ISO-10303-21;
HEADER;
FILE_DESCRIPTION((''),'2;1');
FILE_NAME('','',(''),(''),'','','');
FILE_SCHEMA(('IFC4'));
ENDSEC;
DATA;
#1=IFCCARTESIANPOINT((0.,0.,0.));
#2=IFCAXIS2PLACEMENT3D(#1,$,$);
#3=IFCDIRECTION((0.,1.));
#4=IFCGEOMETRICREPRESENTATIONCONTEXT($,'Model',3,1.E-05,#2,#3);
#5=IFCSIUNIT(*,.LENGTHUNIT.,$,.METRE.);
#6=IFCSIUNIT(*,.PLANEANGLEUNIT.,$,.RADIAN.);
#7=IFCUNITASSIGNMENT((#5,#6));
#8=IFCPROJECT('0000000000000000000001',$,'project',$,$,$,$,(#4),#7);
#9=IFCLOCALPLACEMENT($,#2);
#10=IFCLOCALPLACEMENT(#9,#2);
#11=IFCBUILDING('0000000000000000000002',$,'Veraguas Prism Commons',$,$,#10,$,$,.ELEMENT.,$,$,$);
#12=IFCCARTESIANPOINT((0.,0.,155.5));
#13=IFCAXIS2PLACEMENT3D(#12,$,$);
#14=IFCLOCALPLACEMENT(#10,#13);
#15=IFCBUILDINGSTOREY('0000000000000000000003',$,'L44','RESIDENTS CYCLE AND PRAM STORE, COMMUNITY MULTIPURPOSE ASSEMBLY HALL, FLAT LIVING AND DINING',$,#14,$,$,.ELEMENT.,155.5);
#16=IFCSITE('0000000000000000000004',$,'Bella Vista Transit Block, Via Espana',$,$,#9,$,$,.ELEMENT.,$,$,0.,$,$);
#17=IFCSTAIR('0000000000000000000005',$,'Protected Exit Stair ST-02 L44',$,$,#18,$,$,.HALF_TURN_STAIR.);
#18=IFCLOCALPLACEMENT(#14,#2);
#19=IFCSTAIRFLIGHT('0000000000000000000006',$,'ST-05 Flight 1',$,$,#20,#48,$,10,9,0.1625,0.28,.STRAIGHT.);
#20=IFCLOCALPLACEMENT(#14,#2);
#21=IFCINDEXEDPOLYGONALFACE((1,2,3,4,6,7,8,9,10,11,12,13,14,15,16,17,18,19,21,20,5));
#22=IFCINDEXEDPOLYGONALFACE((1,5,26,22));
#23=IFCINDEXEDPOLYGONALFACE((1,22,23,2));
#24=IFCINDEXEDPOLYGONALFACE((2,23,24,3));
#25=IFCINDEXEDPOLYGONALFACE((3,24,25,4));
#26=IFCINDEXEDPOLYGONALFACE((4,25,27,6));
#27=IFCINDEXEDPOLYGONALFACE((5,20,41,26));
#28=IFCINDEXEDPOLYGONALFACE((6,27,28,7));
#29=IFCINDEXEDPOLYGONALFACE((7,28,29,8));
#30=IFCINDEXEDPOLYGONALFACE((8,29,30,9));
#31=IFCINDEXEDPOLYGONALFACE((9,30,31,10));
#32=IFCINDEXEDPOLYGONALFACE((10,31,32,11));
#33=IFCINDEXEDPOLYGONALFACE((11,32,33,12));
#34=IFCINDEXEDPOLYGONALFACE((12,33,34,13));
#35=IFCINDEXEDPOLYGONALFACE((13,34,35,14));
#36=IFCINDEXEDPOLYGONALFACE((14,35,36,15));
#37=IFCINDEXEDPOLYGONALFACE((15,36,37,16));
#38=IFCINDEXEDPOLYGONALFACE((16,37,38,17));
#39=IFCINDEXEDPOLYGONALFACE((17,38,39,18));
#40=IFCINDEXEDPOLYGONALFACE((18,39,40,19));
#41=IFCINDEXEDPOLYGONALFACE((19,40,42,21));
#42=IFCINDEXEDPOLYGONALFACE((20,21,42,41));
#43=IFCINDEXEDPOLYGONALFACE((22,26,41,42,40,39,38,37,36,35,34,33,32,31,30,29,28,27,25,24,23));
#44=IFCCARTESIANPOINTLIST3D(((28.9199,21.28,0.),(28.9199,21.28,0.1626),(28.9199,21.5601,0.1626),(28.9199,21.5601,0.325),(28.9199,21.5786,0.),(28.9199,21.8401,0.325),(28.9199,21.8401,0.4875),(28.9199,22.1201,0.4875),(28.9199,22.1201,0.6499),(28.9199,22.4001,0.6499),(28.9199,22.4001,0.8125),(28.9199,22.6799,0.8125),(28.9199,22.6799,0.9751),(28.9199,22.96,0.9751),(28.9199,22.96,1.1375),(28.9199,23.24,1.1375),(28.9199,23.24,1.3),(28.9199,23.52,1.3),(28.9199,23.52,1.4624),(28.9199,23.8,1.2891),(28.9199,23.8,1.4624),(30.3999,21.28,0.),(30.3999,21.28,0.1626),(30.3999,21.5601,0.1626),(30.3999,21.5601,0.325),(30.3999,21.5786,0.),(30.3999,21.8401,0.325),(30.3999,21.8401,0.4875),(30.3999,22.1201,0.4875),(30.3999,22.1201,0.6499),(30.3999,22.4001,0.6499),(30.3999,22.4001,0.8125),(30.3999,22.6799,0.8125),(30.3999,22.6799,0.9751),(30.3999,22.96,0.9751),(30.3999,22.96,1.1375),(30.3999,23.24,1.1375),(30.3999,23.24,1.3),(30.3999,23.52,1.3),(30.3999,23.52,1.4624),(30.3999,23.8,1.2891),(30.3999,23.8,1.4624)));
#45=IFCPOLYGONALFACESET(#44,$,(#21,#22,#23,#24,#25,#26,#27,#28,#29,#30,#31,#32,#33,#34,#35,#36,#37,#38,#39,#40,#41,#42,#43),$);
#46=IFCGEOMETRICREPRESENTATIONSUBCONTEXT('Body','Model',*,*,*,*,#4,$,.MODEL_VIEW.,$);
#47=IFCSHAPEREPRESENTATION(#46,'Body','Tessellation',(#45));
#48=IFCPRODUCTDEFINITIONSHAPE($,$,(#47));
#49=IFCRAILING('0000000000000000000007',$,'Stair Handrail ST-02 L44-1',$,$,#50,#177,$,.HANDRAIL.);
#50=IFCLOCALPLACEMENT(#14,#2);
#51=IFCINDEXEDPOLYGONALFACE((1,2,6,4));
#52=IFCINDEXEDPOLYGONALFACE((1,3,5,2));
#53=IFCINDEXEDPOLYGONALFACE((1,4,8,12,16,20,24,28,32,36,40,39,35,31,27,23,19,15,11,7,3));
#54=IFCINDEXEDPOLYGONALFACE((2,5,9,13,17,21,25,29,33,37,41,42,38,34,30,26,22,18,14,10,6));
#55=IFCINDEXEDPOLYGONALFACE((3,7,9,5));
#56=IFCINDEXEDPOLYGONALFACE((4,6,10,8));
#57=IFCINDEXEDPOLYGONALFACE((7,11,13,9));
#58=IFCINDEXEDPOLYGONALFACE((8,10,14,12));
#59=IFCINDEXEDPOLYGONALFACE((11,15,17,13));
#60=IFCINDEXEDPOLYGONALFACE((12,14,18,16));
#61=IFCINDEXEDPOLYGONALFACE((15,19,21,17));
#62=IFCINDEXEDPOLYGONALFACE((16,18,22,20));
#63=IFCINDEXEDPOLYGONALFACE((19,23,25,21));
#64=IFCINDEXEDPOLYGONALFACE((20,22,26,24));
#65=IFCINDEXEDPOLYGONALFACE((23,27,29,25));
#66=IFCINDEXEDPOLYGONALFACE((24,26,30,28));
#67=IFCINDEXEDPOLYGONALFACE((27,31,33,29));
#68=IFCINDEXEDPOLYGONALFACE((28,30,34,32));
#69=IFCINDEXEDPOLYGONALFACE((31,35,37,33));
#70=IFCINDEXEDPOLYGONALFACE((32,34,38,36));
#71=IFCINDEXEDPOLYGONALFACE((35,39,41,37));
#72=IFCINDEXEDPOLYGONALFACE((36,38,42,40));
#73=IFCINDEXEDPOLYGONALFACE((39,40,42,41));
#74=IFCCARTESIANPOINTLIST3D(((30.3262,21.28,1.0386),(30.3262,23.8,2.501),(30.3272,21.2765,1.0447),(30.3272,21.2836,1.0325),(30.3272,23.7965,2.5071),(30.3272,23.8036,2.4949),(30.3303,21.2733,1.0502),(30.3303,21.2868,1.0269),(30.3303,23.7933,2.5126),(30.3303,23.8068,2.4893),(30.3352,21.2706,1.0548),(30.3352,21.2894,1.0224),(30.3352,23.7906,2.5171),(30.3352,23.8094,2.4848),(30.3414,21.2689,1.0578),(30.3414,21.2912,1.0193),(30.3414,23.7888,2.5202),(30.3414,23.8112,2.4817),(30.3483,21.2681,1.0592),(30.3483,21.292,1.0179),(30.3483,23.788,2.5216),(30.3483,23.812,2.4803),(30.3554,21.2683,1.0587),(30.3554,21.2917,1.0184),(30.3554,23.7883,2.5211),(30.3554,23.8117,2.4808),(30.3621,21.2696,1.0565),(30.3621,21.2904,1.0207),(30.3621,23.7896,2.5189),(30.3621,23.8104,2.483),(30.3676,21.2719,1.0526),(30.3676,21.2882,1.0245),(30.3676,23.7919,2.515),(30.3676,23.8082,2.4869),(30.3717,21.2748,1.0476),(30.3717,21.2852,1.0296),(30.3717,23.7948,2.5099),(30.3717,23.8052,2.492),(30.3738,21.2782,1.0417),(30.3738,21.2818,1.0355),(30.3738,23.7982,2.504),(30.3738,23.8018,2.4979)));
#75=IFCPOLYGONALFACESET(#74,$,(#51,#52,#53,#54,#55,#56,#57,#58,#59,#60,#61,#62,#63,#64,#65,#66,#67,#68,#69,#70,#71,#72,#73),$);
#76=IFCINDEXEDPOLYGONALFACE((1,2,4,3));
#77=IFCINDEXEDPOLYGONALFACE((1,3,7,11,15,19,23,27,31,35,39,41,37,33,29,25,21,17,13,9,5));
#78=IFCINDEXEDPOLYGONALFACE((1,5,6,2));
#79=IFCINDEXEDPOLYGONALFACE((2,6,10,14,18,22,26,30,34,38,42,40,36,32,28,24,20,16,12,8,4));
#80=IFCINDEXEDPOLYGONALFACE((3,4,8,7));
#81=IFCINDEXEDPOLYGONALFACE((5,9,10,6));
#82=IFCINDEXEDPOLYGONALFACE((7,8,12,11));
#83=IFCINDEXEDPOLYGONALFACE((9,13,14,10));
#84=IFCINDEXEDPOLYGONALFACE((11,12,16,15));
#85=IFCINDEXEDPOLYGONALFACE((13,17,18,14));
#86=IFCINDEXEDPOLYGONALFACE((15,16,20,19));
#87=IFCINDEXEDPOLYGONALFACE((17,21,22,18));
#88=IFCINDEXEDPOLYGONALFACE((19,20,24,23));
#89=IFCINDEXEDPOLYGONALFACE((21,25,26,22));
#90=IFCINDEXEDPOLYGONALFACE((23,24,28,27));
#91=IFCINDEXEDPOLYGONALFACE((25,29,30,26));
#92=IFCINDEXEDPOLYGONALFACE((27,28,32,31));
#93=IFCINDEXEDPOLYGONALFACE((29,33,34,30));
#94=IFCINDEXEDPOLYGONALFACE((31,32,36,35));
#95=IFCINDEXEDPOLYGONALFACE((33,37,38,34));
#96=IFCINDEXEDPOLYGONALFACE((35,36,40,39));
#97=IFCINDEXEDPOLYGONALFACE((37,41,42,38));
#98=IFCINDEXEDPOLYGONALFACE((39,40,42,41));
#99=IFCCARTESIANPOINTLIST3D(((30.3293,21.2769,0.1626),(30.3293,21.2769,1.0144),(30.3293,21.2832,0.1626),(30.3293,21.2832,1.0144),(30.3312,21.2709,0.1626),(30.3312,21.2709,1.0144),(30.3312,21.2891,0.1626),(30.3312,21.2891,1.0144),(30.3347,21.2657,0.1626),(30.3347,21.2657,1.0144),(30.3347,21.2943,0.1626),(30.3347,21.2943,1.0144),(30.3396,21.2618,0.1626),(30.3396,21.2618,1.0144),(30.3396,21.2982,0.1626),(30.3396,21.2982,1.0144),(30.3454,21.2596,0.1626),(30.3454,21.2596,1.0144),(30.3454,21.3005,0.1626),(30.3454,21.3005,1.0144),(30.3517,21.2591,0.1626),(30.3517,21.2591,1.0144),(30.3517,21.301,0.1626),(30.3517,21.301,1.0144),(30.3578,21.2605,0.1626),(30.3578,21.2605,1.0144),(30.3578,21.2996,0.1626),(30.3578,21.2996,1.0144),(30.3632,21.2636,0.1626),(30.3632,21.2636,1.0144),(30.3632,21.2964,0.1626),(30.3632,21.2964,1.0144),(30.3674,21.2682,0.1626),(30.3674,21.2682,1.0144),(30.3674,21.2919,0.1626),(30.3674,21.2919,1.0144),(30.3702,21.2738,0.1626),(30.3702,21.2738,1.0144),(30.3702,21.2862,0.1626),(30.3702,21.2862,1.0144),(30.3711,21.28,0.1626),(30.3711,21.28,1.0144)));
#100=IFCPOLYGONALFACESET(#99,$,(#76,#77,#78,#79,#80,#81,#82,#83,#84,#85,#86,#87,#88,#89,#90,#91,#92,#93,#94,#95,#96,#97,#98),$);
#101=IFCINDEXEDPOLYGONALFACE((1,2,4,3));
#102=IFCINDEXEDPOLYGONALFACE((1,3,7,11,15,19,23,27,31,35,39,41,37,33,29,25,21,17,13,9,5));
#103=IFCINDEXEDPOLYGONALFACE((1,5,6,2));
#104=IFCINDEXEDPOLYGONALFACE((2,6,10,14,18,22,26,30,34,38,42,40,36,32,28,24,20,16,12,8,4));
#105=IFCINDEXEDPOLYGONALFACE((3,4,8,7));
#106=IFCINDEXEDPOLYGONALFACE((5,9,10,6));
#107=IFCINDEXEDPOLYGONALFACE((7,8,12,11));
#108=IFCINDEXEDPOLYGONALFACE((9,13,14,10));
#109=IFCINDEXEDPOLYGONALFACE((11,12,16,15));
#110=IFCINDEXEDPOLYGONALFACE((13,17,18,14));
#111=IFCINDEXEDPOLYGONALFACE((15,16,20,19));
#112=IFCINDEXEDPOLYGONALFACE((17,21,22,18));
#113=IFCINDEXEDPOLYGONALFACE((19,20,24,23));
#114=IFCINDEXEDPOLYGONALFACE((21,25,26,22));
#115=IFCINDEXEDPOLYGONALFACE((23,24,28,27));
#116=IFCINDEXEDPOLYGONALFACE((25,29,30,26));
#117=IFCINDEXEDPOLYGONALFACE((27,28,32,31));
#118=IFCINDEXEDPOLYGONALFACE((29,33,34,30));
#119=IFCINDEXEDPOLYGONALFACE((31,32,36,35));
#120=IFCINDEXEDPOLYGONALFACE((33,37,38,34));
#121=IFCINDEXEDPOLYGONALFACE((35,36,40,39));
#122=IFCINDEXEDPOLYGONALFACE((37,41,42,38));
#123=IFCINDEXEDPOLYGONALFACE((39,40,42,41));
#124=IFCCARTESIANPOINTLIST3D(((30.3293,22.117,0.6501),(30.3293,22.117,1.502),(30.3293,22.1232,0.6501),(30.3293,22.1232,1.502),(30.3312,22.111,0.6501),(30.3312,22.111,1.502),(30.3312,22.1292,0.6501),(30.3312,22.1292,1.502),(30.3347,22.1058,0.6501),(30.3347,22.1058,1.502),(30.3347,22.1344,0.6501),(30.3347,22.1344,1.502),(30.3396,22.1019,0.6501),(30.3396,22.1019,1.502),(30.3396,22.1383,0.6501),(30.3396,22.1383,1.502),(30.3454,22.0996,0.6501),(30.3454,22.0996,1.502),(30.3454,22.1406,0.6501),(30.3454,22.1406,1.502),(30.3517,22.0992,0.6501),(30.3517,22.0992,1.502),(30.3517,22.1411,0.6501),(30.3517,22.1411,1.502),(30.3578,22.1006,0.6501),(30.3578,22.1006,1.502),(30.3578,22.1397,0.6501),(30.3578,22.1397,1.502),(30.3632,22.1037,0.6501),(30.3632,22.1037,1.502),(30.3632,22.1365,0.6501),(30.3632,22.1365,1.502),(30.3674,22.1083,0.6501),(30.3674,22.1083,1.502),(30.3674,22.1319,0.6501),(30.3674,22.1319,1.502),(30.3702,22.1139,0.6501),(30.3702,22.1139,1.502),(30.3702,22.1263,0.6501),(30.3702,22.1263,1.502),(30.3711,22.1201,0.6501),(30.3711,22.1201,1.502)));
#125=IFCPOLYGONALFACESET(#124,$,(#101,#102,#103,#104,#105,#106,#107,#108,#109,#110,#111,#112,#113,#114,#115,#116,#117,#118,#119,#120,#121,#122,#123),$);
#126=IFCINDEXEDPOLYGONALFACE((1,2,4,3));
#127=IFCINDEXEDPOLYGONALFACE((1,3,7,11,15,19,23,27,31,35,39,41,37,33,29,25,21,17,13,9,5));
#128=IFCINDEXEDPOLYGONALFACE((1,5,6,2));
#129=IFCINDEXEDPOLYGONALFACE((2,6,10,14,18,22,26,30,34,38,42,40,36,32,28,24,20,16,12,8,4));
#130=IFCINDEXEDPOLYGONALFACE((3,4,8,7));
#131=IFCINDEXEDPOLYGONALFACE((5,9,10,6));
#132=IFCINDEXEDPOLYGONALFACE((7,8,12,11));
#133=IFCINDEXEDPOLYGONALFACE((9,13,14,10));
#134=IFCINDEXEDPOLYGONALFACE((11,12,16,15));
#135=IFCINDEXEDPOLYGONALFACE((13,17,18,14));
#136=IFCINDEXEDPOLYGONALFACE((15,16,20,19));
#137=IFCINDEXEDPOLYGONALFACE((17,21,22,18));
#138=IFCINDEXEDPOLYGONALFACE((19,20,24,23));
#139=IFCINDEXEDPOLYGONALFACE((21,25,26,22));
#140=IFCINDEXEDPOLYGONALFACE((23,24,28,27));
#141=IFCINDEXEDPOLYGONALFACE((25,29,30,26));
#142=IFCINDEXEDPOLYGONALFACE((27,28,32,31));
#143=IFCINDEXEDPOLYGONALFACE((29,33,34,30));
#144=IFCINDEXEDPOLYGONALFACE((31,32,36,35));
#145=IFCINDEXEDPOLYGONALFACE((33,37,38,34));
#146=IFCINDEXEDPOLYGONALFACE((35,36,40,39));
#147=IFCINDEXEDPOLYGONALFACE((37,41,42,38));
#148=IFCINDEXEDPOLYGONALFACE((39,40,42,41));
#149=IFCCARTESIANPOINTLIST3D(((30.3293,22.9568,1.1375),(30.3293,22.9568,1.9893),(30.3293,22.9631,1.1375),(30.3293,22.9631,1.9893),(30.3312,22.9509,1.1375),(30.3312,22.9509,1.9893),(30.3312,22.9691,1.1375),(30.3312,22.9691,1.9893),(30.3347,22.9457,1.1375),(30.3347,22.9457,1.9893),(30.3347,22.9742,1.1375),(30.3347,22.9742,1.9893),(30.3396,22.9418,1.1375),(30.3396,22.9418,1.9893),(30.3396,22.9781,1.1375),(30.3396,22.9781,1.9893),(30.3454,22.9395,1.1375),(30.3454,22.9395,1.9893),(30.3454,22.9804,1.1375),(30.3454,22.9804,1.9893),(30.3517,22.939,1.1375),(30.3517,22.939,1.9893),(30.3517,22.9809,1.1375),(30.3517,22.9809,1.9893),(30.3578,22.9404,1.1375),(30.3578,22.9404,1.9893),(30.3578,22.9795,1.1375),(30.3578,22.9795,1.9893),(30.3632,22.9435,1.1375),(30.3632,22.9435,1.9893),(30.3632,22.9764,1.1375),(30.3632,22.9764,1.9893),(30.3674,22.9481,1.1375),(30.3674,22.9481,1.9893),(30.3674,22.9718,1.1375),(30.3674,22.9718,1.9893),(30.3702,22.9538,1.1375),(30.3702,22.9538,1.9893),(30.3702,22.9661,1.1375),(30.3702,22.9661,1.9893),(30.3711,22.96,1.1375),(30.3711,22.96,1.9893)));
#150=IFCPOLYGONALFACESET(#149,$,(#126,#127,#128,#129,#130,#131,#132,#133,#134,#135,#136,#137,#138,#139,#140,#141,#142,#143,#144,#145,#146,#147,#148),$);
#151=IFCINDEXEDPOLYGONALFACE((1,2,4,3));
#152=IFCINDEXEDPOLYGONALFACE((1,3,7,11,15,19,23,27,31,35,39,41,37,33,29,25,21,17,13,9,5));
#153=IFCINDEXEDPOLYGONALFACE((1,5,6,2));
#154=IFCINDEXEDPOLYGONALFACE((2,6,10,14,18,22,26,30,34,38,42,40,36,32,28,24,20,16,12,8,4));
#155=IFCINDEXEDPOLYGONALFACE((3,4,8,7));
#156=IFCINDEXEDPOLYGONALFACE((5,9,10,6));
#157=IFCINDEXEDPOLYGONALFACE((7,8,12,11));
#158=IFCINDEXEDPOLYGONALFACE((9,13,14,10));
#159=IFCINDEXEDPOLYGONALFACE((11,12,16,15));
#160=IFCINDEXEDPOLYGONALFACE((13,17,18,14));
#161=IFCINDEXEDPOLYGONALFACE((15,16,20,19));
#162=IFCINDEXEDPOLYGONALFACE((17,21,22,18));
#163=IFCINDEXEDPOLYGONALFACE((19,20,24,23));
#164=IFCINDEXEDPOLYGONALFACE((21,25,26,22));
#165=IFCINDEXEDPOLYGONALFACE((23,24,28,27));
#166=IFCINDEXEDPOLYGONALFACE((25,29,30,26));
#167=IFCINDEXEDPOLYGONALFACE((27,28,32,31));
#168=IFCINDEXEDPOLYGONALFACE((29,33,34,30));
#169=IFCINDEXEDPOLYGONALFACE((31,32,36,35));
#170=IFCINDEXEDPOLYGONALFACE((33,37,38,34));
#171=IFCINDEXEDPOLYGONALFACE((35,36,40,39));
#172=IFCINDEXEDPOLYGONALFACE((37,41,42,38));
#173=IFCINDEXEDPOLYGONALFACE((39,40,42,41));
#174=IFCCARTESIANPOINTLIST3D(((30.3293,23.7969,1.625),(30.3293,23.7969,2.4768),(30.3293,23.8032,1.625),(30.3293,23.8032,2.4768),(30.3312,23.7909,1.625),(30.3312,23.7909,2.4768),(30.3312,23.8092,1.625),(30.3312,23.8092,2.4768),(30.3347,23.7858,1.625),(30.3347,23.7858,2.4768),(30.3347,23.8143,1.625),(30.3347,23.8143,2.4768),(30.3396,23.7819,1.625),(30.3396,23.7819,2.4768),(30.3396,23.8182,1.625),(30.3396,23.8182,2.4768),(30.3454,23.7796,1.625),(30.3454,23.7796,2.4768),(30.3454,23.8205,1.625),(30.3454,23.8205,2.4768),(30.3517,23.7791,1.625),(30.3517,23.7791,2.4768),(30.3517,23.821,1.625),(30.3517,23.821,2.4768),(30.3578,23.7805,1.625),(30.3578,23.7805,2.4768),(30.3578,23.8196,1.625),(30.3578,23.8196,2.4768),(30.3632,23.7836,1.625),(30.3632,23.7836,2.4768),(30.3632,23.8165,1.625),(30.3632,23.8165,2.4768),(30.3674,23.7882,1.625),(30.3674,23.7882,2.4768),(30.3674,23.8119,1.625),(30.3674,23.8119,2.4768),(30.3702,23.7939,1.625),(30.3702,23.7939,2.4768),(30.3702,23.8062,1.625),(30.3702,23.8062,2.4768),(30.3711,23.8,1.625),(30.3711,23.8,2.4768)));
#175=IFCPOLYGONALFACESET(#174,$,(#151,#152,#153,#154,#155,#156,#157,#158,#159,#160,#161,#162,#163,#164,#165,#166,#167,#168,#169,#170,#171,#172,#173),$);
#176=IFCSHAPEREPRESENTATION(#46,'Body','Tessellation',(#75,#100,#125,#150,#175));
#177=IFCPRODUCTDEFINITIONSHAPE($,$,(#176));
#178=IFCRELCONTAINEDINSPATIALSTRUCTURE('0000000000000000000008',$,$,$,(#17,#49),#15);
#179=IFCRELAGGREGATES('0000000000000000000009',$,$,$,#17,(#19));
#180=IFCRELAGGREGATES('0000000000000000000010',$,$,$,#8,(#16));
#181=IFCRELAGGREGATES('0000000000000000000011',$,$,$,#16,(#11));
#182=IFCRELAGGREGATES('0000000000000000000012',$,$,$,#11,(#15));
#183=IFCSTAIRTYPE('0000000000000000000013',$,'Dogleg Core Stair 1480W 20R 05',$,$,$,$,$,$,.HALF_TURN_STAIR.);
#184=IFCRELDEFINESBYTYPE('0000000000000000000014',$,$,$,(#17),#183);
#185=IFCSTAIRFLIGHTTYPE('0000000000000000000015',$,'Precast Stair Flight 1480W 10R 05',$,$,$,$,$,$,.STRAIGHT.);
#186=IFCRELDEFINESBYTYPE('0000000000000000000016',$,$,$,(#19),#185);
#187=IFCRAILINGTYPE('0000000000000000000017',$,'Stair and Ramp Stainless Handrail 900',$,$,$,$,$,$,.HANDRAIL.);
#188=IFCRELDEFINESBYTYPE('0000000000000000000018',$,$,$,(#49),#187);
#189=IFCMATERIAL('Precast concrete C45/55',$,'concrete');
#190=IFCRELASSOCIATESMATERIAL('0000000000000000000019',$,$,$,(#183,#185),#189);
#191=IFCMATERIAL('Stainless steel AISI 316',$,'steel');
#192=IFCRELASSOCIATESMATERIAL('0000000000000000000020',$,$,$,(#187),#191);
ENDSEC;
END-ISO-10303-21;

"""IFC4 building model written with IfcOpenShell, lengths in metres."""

from ifc_helpers import new_model, si_unit, direction, frame, origin, origin_2d, place, context, subcontext, project, spatial, polyline, circle, outline, extrude, material, type_object, element, aggregate, save


model = new_model("IFC4")

# Units and contexts
model_context = context("Model", 3, precision=1e-05, world=origin(), true_north=direction((0.0, 1.0)))
body_context = subcontext(model_context, "Body", "Model", "MODEL_VIEW")
ifc_project = project(units=[si_unit("LENGTHUNIT", "METRE"), si_unit("PLANEANGLEUNIT", "RADIAN")], contexts=[model_context])

# Site, building, storey
site_placement = place(None, origin())
site = spatial("IfcSite", under=ifc_project, at=site_placement, Name="Bella Vista Transit Block, Via Espana", CompositionType="ELEMENT", RefElevation=0.0)
building_placement = place(site_placement, origin())
building = spatial("IfcBuilding", under=site, at=building_placement, Name="Veraguas Prism Commons", CompositionType="ELEMENT")
storey_placement = place(building_placement, frame((0.0, 0.0, 155.5)))
storey = spatial("IfcBuildingStorey", under=building, at=storey_placement, Name="L44", Description="RESIDENTS CYCLE AND PRAM STORE, COMMUNITY MULTIPURPOSE ASSEMBLY HALL, FLAT LIVING AND DINING", CompositionType="ELEMENT", Elevation=155.5)

# Shared definitions
ifc_material_1 = material(Name="Stainless steel AISI 316", Category="steel")

# Stair, stair flight
ifc_material_2 = material(Name="Precast concrete C45/55", Category="concrete")
stair_type = type_object("IfcStairType", Name="Dogleg Core Stair 1480W 20R 05", PredefinedType="HALF_TURN_STAIR", material=ifc_material_2)
stair_placement = place(storey_placement, origin())
stair = element("IfcStair", 1, at=stair_placement, inside=storey, type_object=stair_type, Name="Protected Exit Stair ST-02 L44", PredefinedType="HALF_TURN_STAIR")
stair_flight_type = type_object("IfcStairFlightType", Name="Precast Stair Flight 1480W 10R 05", PredefinedType="STRAIGHT", material=ifc_material_2)
stair_flight_placement = place(storey_placement, frame((29.6599, 21.28, 0.0), z_axis=(0.0, 0.0, 1.0), x_axis=(0.0, 1.0, 0.0)))
stair_flight = element("IfcStairFlight", 2, at=stair_flight_placement, type_object=stair_flight_type, Name="ST-05 Flight 1", NumberOfRisers=10, NumberOfTreads=9, PredefinedType="STRAIGHT", RiserHeight=0.1625, TreadLength=0.28, context=body_context, shape_type="SweptSolid", body=[
    extrude(outline(polyline([(0.0, 0.0), (0.0, 0.1626), (0.28, 0.1626), (0.28, 0.325), (0.5601, 0.325), (0.5601, 0.4875), (0.8401, 0.4875), (0.8401, 0.6499), (1.1201, 0.6499), (1.1201, 0.8125), (1.3999, 0.8125), (1.3999, 0.9751), (1.6799, 0.9751), (1.6799, 1.1375), (1.96, 1.1375), (1.96, 1.3), (2.24, 1.3), (2.24, 1.4624), (2.52, 1.4624), (2.52, 1.625), (2.52, 1.2891), (0.2986, 0.0), (0.0, 0.0)])), frame((0.0, 0.74, 0.0), z_axis=(0.0, -1.0, 0.0), x_axis=(1.0, 0.0, 0.0)), (0.0, 0.0, 1.0), 1.48),
])
aggregate(stair, [stair_flight])

# Railing
railing_type_1 = type_object("IfcRailingType", Name="Stair and Ramp Stainless Handrail 900", PredefinedType="HANDRAIL", material=ifc_material_1)
railing_1_placement = place(storey_placement, frame((30.3501, 21.28, 0.1626)))
element("IfcRailing", 3, at=railing_1_placement, inside=storey, type_object=railing_type_1, Name="Stair Handrail ST-02 L44-1", PredefinedType="HANDRAIL", context=body_context, shape_type="SweptSolid", body=[
    extrude(circle(Radius=0.0239, at=origin_2d()), frame((0.0, 0.0, 0.876), z_axis=(0.0, 0.864913, 0.501921), x_axis=(-1.0, 0.0, 0.0)), (0.0, 0.0, 1.0), 2.9136),
    extrude(circle(Radius=0.021, at=origin_2d()), origin(), (0.0, 0.0, 1.0), 0.8518),
    extrude(circle(Radius=0.021, at=origin_2d()), frame((0.0, 0.8401, 0.4875)), (0.0, 0.0, 1.0), 0.8518),
    extrude(circle(Radius=0.021, at=origin_2d()), frame((0.0, 1.6799, 0.9749)), (0.0, 0.0, 1.0), 0.8518),
    extrude(circle(Radius=0.021, at=origin_2d()), frame((0.0, 2.52, 1.4624)), (0.0, 0.0, 1.0), 0.8518),
])

save(model, "model.ifc")
